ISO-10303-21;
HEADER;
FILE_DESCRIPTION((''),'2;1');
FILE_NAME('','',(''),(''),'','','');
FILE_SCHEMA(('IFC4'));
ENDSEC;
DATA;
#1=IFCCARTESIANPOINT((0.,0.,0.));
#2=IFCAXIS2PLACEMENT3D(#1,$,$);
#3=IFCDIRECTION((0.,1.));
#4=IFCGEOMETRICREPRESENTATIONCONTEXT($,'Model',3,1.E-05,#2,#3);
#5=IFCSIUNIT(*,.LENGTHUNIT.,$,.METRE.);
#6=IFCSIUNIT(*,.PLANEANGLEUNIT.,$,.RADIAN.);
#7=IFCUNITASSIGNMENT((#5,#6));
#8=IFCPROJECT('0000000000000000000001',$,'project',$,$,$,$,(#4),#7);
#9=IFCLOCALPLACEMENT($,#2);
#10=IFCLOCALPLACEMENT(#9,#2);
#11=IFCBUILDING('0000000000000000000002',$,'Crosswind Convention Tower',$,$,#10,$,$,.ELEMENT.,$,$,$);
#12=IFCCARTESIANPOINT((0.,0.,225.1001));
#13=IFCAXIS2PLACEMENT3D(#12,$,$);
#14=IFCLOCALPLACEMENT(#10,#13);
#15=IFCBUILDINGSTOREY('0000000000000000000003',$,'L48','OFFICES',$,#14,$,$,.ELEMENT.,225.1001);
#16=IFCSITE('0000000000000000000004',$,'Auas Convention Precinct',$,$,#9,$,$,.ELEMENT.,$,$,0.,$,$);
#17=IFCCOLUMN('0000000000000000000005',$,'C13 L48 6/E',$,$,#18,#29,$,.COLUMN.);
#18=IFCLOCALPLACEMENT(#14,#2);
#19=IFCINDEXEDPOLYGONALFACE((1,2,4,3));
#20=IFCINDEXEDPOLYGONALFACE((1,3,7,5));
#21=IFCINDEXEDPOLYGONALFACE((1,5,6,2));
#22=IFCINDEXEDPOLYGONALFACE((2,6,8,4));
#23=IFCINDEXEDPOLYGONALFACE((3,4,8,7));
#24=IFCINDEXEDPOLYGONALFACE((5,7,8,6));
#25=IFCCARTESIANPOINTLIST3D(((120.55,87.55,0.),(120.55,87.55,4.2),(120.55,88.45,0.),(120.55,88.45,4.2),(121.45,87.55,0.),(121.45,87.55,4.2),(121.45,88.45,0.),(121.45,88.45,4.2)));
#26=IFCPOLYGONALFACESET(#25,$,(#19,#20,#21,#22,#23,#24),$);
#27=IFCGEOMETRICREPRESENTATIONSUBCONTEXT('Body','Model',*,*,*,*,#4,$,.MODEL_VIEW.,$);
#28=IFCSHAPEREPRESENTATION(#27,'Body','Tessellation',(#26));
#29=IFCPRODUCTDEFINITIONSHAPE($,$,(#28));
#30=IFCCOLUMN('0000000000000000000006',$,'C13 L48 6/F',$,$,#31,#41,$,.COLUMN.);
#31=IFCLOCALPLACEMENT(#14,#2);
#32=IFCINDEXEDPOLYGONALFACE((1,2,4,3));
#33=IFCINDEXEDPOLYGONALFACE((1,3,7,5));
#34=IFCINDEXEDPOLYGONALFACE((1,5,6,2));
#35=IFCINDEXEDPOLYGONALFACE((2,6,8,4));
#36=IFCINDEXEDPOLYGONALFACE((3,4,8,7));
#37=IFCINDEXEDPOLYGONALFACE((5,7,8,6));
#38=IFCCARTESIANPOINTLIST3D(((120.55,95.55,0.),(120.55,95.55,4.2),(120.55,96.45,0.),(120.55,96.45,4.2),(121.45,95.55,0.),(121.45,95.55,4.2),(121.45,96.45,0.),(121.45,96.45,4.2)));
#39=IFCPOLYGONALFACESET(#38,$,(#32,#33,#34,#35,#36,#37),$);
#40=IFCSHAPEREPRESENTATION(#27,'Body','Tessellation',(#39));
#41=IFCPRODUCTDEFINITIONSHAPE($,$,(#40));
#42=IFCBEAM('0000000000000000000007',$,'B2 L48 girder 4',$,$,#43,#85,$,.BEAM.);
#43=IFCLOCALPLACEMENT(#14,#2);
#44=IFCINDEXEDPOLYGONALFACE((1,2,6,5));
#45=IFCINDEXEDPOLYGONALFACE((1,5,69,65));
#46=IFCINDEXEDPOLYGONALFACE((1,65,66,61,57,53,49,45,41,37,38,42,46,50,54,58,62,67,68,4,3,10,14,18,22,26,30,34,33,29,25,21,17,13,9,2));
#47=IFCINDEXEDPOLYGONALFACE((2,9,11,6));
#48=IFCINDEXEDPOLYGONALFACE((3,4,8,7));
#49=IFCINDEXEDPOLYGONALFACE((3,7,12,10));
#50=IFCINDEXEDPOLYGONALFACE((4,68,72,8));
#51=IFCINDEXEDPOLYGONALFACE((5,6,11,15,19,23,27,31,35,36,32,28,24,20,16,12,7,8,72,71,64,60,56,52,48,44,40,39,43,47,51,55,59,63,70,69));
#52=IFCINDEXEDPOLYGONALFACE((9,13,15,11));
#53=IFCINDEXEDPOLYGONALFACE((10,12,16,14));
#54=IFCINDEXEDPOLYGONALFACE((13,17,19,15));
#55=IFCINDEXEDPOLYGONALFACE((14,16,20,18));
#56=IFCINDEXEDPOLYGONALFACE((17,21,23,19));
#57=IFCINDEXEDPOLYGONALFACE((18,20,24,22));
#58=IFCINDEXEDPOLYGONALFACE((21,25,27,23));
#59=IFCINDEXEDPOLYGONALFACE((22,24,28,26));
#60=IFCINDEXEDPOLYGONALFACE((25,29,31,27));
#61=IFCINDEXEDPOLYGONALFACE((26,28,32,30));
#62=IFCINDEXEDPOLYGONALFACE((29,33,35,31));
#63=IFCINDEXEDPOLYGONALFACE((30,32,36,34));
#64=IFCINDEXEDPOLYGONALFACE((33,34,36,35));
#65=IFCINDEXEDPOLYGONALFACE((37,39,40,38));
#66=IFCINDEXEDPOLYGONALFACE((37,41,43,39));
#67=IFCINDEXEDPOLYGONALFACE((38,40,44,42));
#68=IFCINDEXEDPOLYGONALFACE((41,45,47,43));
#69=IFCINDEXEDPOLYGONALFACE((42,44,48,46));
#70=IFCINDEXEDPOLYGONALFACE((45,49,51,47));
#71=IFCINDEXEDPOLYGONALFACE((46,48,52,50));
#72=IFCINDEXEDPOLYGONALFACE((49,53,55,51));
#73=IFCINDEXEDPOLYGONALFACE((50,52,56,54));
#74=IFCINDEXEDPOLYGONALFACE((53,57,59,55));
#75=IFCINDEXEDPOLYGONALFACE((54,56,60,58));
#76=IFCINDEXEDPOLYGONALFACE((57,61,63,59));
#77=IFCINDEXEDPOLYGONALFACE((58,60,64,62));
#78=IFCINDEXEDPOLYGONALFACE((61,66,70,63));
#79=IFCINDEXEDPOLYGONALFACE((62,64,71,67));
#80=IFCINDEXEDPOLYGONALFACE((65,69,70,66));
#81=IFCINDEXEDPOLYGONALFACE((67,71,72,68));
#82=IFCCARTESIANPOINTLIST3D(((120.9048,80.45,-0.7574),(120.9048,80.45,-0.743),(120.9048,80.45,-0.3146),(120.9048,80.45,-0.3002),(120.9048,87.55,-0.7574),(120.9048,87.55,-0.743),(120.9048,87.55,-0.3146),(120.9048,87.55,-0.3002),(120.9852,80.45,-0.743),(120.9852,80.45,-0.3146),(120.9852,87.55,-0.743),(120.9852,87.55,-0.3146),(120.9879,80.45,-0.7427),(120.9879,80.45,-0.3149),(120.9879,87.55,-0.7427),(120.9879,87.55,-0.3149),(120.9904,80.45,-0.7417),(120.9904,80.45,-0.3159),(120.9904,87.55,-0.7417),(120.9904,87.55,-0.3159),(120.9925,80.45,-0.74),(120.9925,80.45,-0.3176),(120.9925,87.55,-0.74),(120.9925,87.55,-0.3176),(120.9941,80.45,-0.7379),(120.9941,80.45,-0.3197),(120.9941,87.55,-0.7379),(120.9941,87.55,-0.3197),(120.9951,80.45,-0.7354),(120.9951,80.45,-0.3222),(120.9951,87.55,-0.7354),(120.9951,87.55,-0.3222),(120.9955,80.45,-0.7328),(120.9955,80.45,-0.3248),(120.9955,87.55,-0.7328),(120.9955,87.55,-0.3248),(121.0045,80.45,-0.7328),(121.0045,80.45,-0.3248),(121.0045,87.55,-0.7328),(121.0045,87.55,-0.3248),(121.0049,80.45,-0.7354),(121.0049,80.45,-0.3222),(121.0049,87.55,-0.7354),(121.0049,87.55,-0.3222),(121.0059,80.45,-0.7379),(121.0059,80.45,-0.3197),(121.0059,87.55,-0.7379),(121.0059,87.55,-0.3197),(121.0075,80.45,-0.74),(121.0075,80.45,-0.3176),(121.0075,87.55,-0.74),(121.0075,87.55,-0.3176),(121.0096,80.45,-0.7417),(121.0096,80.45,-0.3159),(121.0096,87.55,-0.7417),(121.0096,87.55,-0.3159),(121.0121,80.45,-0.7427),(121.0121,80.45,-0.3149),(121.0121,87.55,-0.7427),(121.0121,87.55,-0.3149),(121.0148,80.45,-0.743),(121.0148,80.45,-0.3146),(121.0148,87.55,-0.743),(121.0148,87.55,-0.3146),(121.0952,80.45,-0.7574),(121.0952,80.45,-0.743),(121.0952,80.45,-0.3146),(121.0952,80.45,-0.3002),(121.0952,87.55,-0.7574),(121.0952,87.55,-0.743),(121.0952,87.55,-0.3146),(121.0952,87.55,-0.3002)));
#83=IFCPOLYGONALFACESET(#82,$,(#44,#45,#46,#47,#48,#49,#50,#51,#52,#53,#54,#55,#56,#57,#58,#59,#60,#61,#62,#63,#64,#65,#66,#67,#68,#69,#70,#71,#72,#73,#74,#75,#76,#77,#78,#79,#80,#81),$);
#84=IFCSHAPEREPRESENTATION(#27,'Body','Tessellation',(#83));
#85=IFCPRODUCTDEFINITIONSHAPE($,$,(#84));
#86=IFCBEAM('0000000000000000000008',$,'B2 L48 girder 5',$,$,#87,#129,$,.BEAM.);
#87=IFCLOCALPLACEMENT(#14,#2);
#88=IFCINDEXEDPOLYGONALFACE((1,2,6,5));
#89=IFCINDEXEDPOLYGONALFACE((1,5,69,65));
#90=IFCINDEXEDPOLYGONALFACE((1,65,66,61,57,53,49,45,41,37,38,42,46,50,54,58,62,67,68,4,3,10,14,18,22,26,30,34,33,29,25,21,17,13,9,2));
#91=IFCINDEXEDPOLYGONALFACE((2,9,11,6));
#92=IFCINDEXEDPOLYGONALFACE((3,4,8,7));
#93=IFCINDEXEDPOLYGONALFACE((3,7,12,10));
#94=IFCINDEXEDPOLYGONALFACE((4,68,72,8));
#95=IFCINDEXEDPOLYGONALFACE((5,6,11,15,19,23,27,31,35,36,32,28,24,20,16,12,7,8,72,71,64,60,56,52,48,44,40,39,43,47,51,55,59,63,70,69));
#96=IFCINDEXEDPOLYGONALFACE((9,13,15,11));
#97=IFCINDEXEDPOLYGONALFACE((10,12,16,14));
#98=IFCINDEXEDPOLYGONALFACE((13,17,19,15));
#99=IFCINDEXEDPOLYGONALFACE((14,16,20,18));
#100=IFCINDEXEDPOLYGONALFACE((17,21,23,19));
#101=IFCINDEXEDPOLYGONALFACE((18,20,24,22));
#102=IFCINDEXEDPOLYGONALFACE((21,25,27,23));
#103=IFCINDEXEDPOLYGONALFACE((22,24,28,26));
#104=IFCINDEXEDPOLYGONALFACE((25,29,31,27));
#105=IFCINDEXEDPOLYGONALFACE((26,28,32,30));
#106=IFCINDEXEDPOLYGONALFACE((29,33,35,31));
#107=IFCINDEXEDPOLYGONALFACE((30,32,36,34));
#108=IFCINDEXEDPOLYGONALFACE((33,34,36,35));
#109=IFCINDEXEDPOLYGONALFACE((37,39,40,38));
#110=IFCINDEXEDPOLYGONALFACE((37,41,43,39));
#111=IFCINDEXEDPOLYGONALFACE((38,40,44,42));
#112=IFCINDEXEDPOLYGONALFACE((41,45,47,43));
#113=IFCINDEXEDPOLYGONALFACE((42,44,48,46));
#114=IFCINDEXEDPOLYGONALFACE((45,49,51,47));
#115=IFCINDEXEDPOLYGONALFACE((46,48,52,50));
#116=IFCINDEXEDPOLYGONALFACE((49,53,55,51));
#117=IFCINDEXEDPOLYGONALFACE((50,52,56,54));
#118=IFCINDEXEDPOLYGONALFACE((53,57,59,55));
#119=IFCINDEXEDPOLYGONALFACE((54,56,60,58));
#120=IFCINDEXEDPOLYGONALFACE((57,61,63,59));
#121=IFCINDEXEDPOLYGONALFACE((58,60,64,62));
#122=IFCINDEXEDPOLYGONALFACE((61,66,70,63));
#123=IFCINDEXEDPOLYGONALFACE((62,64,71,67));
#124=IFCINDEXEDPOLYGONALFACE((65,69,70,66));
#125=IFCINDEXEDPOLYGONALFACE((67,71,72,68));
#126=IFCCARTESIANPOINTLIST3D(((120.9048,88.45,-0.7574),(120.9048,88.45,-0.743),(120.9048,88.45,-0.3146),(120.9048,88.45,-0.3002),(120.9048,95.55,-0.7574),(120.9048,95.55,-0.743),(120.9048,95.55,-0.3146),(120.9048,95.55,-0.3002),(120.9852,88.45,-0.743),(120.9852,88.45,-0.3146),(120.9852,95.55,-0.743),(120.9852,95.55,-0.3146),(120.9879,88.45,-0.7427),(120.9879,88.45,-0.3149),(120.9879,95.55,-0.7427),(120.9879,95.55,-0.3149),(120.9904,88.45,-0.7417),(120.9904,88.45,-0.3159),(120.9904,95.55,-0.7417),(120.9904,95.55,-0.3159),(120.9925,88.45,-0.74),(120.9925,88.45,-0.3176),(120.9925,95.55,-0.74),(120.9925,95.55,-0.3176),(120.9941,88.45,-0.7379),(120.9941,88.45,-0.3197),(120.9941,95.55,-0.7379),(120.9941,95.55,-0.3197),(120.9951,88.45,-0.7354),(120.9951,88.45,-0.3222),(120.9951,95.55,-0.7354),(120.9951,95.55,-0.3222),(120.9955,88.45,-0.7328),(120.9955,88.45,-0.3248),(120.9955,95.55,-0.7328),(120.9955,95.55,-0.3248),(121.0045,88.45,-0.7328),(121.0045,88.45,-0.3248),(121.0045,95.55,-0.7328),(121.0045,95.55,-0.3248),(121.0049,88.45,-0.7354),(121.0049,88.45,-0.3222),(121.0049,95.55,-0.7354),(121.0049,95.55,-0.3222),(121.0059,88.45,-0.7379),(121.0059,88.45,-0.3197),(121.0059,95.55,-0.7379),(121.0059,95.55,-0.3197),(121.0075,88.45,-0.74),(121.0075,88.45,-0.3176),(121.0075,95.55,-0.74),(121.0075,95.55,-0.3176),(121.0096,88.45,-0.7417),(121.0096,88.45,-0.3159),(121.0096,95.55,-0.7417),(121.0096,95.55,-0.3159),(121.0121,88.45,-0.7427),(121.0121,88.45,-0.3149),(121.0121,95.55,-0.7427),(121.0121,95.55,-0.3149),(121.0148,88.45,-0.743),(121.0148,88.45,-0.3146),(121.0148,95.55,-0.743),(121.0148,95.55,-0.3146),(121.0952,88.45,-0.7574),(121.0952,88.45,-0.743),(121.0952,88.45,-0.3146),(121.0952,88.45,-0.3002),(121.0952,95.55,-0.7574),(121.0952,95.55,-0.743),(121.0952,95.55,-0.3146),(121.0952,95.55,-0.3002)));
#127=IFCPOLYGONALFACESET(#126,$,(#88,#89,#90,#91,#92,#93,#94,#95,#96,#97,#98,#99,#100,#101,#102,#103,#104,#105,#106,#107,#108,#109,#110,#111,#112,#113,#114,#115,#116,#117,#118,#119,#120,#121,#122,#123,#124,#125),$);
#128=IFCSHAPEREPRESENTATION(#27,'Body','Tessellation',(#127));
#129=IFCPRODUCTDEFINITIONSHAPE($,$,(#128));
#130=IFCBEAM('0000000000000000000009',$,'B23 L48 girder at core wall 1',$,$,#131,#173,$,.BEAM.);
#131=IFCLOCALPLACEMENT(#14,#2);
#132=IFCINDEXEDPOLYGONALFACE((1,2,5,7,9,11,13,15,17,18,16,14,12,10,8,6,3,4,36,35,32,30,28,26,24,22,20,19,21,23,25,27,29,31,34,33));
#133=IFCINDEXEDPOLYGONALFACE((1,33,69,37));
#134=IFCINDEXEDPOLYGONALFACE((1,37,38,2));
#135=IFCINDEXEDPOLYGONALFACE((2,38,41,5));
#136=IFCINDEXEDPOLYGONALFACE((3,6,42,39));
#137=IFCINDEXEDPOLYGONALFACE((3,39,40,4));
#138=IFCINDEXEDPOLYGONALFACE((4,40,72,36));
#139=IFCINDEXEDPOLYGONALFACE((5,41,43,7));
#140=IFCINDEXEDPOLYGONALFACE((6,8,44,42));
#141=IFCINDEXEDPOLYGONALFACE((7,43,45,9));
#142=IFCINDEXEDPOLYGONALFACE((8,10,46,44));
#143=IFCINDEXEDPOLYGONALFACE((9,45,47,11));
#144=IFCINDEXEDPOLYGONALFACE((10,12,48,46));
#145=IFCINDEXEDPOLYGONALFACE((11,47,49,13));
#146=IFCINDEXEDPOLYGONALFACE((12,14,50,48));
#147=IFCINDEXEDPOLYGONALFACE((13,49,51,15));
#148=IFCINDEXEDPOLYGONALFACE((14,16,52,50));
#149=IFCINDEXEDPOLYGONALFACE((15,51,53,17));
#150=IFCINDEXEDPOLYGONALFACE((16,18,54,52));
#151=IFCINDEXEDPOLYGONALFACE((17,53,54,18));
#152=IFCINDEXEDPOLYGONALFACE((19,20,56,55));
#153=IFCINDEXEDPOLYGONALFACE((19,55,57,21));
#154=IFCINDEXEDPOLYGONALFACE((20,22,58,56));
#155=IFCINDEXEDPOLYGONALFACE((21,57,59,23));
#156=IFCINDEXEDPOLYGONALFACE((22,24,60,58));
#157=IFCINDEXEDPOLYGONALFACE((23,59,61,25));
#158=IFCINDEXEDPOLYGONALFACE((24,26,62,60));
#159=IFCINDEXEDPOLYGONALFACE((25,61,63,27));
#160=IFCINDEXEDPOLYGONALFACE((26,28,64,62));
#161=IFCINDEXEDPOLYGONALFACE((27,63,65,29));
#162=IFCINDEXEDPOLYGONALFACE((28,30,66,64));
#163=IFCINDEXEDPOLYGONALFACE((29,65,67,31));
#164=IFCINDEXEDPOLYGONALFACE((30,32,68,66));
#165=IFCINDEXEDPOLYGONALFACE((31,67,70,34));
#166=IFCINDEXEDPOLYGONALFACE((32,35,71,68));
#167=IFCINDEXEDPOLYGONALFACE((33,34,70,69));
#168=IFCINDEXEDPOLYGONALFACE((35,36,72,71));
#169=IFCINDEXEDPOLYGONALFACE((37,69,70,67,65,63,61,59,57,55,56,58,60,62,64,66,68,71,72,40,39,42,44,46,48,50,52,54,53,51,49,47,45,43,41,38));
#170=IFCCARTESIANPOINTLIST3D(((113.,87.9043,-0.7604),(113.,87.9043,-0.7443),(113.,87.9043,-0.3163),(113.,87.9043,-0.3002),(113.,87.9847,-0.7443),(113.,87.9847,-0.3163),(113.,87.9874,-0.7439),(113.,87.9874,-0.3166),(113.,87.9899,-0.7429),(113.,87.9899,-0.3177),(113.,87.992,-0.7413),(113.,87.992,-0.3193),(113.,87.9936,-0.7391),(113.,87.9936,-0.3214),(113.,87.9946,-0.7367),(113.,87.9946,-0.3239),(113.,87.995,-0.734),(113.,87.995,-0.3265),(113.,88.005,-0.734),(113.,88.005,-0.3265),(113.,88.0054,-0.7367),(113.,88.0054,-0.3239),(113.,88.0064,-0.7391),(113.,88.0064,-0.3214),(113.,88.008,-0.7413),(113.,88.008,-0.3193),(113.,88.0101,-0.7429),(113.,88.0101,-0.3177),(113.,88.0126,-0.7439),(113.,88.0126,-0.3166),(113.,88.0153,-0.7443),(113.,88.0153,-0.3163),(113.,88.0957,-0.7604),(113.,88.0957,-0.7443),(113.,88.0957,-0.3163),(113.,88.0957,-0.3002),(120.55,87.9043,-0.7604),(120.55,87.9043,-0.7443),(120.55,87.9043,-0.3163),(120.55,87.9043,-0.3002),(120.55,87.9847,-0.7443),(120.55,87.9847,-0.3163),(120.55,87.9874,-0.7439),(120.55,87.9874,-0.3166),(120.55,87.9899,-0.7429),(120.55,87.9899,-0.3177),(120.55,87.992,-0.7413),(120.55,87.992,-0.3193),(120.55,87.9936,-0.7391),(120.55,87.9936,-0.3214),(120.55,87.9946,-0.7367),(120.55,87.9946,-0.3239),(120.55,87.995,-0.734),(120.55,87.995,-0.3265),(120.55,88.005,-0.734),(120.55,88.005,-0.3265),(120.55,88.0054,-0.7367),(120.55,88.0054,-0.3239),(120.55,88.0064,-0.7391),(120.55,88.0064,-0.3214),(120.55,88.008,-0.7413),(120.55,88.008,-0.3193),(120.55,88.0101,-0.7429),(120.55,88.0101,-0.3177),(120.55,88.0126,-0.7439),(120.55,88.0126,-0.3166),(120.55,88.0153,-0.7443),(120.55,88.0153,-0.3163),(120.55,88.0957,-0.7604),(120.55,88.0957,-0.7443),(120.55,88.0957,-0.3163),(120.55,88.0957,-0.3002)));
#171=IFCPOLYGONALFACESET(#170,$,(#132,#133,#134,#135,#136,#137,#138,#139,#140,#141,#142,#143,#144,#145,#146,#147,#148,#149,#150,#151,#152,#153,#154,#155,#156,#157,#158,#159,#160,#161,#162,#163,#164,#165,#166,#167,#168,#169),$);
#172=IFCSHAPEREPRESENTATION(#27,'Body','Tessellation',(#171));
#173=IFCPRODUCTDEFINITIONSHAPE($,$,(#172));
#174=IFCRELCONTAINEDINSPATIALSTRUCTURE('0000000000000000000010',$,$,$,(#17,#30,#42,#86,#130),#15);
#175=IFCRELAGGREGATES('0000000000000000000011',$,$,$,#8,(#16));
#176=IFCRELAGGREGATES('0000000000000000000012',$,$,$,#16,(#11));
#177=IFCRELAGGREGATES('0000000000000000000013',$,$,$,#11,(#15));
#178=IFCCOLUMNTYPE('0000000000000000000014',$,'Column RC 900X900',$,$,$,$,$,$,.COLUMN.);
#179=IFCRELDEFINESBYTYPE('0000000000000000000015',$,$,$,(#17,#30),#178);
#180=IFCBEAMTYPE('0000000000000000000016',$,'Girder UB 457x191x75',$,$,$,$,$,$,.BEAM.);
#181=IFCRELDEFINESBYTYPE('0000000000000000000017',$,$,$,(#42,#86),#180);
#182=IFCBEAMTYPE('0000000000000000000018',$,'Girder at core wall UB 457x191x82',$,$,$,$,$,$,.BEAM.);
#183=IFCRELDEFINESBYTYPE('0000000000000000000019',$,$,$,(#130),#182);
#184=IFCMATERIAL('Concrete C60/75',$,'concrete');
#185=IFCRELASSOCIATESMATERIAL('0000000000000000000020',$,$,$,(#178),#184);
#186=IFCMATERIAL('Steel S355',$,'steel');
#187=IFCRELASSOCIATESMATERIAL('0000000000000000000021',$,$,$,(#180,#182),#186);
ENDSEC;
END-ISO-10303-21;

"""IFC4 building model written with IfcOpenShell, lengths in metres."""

from ifc_helpers import new_model, si_unit, direction, frame, origin, origin_2d, place, context, subcontext, project, spatial, rectangle, i_section, extrude, material, material_profile, profile_set, type_object, element, save


model = new_model("IFC4")

# Units and contexts
model_context = context("Model", 3, precision=1e-05, world=origin(), true_north=direction((0.0, 1.0)))
body_context = subcontext(model_context, "Body", "Model", "MODEL_VIEW")
ifc_project = project(units=[si_unit("LENGTHUNIT", "METRE"), si_unit("PLANEANGLEUNIT", "RADIAN")], contexts=[model_context])

# Site, building, storey
site_placement = place(None, origin())
site = spatial("IfcSite", under=ifc_project, at=site_placement, Name="Auas Convention Precinct", CompositionType="ELEMENT", RefElevation=0.0)
building_placement = place(site_placement, origin())
building = spatial("IfcBuilding", under=site, at=building_placement, Name="Crosswind Convention Tower", CompositionType="ELEMENT")
storey_placement = place(building_placement, frame((0.0, 0.0, 225.1001)))
storey = spatial("IfcBuildingStorey", under=building, at=storey_placement, Name="L48", Description="OFFICES", CompositionType="ELEMENT", Elevation=225.1001)

# Columns
ifc_material_1 = material(Name="Concrete C60/75", Category="concrete")
ifc_material_profile_1 = material_profile(ifc_material_1, rectangle(XDim=0.8999, YDim=0.8999, at=origin_2d()), Name="RC 900X900")
ifc_profile_set_1 = profile_set([ifc_material_profile_1], Name="Concrete C60/75")
column_type = type_object("IfcColumnType", Name="Column RC 900X900", PredefinedType="COLUMN", material=ifc_profile_set_1)
for number, where, z_axis, x_axis, name in (
    (1, (121.0, 88.0, 0.0), (0.0, 0.0, 1.0), (1.0, 0.0, 0.0), "C13 L48 6/E"),
    (2, (121.0, 96.0, 0.0), (0.0, 0.0, 1.0), (1.0, 0.0, 0.0), "C13 L48 6/F"),
):
    element("IfcColumn", number, at=place(storey_placement, frame(where, z_axis=z_axis, x_axis=x_axis)), inside=storey, type_object=column_type, Name=name, PredefinedType="COLUMN", context=body_context, shape_type="SweptSolid", body=[
        extrude(rectangle(XDim=0.8999, YDim=0.8999, at=origin_2d()), origin(), (0.0, 0.0, 1.0), 4.2),
    ])

# Beams
ifc_material_2 = material(Name="Steel S355", Category="steel")
ifc_material_profile_2 = material_profile(ifc_material_2, i_section(OverallWidth=0.1904, OverallDepth=0.4573, WebThickness=0.009, FlangeThickness=0.0144, FilletRadius=0.0103, at=origin_2d()), Name="UB 457x191x75")
ifc_profile_set_2 = profile_set([ifc_material_profile_2], Name="Steel S355")
beam_type_1 = type_object("IfcBeamType", Name="Girder UB 457x191x75", PredefinedType="BEAM", material=ifc_profile_set_2)
for number, where, z_axis, x_axis, name in (
    (3, (121.0, 80.45, -0.5288), (0.0, 1.0, 0.0), (-1.0, 0.0, 0.0), "B2 L48 girder 4"),
    (4, (121.0, 88.45, -0.5288), (0.0, 1.0, 0.0), (-1.0, 0.0, 0.0), "B2 L48 girder 5"),
):
    element("IfcBeam", number, at=place(storey_placement, frame(where, z_axis=z_axis, x_axis=x_axis)), inside=storey, type_object=beam_type_1, Name=name, PredefinedType="BEAM", context=body_context, shape_type="SweptSolid", body=[
        extrude(i_section(OverallWidth=0.1904, OverallDepth=0.4573, WebThickness=0.009, FlangeThickness=0.0144, FilletRadius=0.0103, at=origin_2d()), origin(), (0.0, 0.0, 1.0), 7.1001),
    ])
ifc_material_profile_3 = material_profile(ifc_material_2, i_section(OverallWidth=0.1914, OverallDepth=0.4602, WebThickness=0.01, FlangeThickness=0.0161, FilletRadius=0.0103, at=origin_2d()), Name="UB 457x191x82")
ifc_profile_set_3 = profile_set([ifc_material_profile_3], Name="Steel S355")
beam_type_2 = type_object("IfcBeamType", Name="Girder at core wall UB 457x191x82", PredefinedType="BEAM", material=ifc_profile_set_3)
for number, where, z_axis, x_axis, name in (
    (5, (113.0, 88.0, -0.5303), (1.0, 0.0, 0.0), (0.0, 1.0, 0.0), "B23 L48 girder at core wall 1"),
):
    element("IfcBeam", number, at=place(storey_placement, frame(where, z_axis=z_axis, x_axis=x_axis)), inside=storey, type_object=beam_type_2, Name=name, PredefinedType="BEAM", context=body_context, shape_type="SweptSolid", body=[
        extrude(i_section(OverallWidth=0.1914, OverallDepth=0.4602, WebThickness=0.01, FlangeThickness=0.0161, FilletRadius=0.0103, at=origin_2d()), origin(), (0.0, 0.0, 1.0), 7.55),
    ])

save(model, "model.ifc")
